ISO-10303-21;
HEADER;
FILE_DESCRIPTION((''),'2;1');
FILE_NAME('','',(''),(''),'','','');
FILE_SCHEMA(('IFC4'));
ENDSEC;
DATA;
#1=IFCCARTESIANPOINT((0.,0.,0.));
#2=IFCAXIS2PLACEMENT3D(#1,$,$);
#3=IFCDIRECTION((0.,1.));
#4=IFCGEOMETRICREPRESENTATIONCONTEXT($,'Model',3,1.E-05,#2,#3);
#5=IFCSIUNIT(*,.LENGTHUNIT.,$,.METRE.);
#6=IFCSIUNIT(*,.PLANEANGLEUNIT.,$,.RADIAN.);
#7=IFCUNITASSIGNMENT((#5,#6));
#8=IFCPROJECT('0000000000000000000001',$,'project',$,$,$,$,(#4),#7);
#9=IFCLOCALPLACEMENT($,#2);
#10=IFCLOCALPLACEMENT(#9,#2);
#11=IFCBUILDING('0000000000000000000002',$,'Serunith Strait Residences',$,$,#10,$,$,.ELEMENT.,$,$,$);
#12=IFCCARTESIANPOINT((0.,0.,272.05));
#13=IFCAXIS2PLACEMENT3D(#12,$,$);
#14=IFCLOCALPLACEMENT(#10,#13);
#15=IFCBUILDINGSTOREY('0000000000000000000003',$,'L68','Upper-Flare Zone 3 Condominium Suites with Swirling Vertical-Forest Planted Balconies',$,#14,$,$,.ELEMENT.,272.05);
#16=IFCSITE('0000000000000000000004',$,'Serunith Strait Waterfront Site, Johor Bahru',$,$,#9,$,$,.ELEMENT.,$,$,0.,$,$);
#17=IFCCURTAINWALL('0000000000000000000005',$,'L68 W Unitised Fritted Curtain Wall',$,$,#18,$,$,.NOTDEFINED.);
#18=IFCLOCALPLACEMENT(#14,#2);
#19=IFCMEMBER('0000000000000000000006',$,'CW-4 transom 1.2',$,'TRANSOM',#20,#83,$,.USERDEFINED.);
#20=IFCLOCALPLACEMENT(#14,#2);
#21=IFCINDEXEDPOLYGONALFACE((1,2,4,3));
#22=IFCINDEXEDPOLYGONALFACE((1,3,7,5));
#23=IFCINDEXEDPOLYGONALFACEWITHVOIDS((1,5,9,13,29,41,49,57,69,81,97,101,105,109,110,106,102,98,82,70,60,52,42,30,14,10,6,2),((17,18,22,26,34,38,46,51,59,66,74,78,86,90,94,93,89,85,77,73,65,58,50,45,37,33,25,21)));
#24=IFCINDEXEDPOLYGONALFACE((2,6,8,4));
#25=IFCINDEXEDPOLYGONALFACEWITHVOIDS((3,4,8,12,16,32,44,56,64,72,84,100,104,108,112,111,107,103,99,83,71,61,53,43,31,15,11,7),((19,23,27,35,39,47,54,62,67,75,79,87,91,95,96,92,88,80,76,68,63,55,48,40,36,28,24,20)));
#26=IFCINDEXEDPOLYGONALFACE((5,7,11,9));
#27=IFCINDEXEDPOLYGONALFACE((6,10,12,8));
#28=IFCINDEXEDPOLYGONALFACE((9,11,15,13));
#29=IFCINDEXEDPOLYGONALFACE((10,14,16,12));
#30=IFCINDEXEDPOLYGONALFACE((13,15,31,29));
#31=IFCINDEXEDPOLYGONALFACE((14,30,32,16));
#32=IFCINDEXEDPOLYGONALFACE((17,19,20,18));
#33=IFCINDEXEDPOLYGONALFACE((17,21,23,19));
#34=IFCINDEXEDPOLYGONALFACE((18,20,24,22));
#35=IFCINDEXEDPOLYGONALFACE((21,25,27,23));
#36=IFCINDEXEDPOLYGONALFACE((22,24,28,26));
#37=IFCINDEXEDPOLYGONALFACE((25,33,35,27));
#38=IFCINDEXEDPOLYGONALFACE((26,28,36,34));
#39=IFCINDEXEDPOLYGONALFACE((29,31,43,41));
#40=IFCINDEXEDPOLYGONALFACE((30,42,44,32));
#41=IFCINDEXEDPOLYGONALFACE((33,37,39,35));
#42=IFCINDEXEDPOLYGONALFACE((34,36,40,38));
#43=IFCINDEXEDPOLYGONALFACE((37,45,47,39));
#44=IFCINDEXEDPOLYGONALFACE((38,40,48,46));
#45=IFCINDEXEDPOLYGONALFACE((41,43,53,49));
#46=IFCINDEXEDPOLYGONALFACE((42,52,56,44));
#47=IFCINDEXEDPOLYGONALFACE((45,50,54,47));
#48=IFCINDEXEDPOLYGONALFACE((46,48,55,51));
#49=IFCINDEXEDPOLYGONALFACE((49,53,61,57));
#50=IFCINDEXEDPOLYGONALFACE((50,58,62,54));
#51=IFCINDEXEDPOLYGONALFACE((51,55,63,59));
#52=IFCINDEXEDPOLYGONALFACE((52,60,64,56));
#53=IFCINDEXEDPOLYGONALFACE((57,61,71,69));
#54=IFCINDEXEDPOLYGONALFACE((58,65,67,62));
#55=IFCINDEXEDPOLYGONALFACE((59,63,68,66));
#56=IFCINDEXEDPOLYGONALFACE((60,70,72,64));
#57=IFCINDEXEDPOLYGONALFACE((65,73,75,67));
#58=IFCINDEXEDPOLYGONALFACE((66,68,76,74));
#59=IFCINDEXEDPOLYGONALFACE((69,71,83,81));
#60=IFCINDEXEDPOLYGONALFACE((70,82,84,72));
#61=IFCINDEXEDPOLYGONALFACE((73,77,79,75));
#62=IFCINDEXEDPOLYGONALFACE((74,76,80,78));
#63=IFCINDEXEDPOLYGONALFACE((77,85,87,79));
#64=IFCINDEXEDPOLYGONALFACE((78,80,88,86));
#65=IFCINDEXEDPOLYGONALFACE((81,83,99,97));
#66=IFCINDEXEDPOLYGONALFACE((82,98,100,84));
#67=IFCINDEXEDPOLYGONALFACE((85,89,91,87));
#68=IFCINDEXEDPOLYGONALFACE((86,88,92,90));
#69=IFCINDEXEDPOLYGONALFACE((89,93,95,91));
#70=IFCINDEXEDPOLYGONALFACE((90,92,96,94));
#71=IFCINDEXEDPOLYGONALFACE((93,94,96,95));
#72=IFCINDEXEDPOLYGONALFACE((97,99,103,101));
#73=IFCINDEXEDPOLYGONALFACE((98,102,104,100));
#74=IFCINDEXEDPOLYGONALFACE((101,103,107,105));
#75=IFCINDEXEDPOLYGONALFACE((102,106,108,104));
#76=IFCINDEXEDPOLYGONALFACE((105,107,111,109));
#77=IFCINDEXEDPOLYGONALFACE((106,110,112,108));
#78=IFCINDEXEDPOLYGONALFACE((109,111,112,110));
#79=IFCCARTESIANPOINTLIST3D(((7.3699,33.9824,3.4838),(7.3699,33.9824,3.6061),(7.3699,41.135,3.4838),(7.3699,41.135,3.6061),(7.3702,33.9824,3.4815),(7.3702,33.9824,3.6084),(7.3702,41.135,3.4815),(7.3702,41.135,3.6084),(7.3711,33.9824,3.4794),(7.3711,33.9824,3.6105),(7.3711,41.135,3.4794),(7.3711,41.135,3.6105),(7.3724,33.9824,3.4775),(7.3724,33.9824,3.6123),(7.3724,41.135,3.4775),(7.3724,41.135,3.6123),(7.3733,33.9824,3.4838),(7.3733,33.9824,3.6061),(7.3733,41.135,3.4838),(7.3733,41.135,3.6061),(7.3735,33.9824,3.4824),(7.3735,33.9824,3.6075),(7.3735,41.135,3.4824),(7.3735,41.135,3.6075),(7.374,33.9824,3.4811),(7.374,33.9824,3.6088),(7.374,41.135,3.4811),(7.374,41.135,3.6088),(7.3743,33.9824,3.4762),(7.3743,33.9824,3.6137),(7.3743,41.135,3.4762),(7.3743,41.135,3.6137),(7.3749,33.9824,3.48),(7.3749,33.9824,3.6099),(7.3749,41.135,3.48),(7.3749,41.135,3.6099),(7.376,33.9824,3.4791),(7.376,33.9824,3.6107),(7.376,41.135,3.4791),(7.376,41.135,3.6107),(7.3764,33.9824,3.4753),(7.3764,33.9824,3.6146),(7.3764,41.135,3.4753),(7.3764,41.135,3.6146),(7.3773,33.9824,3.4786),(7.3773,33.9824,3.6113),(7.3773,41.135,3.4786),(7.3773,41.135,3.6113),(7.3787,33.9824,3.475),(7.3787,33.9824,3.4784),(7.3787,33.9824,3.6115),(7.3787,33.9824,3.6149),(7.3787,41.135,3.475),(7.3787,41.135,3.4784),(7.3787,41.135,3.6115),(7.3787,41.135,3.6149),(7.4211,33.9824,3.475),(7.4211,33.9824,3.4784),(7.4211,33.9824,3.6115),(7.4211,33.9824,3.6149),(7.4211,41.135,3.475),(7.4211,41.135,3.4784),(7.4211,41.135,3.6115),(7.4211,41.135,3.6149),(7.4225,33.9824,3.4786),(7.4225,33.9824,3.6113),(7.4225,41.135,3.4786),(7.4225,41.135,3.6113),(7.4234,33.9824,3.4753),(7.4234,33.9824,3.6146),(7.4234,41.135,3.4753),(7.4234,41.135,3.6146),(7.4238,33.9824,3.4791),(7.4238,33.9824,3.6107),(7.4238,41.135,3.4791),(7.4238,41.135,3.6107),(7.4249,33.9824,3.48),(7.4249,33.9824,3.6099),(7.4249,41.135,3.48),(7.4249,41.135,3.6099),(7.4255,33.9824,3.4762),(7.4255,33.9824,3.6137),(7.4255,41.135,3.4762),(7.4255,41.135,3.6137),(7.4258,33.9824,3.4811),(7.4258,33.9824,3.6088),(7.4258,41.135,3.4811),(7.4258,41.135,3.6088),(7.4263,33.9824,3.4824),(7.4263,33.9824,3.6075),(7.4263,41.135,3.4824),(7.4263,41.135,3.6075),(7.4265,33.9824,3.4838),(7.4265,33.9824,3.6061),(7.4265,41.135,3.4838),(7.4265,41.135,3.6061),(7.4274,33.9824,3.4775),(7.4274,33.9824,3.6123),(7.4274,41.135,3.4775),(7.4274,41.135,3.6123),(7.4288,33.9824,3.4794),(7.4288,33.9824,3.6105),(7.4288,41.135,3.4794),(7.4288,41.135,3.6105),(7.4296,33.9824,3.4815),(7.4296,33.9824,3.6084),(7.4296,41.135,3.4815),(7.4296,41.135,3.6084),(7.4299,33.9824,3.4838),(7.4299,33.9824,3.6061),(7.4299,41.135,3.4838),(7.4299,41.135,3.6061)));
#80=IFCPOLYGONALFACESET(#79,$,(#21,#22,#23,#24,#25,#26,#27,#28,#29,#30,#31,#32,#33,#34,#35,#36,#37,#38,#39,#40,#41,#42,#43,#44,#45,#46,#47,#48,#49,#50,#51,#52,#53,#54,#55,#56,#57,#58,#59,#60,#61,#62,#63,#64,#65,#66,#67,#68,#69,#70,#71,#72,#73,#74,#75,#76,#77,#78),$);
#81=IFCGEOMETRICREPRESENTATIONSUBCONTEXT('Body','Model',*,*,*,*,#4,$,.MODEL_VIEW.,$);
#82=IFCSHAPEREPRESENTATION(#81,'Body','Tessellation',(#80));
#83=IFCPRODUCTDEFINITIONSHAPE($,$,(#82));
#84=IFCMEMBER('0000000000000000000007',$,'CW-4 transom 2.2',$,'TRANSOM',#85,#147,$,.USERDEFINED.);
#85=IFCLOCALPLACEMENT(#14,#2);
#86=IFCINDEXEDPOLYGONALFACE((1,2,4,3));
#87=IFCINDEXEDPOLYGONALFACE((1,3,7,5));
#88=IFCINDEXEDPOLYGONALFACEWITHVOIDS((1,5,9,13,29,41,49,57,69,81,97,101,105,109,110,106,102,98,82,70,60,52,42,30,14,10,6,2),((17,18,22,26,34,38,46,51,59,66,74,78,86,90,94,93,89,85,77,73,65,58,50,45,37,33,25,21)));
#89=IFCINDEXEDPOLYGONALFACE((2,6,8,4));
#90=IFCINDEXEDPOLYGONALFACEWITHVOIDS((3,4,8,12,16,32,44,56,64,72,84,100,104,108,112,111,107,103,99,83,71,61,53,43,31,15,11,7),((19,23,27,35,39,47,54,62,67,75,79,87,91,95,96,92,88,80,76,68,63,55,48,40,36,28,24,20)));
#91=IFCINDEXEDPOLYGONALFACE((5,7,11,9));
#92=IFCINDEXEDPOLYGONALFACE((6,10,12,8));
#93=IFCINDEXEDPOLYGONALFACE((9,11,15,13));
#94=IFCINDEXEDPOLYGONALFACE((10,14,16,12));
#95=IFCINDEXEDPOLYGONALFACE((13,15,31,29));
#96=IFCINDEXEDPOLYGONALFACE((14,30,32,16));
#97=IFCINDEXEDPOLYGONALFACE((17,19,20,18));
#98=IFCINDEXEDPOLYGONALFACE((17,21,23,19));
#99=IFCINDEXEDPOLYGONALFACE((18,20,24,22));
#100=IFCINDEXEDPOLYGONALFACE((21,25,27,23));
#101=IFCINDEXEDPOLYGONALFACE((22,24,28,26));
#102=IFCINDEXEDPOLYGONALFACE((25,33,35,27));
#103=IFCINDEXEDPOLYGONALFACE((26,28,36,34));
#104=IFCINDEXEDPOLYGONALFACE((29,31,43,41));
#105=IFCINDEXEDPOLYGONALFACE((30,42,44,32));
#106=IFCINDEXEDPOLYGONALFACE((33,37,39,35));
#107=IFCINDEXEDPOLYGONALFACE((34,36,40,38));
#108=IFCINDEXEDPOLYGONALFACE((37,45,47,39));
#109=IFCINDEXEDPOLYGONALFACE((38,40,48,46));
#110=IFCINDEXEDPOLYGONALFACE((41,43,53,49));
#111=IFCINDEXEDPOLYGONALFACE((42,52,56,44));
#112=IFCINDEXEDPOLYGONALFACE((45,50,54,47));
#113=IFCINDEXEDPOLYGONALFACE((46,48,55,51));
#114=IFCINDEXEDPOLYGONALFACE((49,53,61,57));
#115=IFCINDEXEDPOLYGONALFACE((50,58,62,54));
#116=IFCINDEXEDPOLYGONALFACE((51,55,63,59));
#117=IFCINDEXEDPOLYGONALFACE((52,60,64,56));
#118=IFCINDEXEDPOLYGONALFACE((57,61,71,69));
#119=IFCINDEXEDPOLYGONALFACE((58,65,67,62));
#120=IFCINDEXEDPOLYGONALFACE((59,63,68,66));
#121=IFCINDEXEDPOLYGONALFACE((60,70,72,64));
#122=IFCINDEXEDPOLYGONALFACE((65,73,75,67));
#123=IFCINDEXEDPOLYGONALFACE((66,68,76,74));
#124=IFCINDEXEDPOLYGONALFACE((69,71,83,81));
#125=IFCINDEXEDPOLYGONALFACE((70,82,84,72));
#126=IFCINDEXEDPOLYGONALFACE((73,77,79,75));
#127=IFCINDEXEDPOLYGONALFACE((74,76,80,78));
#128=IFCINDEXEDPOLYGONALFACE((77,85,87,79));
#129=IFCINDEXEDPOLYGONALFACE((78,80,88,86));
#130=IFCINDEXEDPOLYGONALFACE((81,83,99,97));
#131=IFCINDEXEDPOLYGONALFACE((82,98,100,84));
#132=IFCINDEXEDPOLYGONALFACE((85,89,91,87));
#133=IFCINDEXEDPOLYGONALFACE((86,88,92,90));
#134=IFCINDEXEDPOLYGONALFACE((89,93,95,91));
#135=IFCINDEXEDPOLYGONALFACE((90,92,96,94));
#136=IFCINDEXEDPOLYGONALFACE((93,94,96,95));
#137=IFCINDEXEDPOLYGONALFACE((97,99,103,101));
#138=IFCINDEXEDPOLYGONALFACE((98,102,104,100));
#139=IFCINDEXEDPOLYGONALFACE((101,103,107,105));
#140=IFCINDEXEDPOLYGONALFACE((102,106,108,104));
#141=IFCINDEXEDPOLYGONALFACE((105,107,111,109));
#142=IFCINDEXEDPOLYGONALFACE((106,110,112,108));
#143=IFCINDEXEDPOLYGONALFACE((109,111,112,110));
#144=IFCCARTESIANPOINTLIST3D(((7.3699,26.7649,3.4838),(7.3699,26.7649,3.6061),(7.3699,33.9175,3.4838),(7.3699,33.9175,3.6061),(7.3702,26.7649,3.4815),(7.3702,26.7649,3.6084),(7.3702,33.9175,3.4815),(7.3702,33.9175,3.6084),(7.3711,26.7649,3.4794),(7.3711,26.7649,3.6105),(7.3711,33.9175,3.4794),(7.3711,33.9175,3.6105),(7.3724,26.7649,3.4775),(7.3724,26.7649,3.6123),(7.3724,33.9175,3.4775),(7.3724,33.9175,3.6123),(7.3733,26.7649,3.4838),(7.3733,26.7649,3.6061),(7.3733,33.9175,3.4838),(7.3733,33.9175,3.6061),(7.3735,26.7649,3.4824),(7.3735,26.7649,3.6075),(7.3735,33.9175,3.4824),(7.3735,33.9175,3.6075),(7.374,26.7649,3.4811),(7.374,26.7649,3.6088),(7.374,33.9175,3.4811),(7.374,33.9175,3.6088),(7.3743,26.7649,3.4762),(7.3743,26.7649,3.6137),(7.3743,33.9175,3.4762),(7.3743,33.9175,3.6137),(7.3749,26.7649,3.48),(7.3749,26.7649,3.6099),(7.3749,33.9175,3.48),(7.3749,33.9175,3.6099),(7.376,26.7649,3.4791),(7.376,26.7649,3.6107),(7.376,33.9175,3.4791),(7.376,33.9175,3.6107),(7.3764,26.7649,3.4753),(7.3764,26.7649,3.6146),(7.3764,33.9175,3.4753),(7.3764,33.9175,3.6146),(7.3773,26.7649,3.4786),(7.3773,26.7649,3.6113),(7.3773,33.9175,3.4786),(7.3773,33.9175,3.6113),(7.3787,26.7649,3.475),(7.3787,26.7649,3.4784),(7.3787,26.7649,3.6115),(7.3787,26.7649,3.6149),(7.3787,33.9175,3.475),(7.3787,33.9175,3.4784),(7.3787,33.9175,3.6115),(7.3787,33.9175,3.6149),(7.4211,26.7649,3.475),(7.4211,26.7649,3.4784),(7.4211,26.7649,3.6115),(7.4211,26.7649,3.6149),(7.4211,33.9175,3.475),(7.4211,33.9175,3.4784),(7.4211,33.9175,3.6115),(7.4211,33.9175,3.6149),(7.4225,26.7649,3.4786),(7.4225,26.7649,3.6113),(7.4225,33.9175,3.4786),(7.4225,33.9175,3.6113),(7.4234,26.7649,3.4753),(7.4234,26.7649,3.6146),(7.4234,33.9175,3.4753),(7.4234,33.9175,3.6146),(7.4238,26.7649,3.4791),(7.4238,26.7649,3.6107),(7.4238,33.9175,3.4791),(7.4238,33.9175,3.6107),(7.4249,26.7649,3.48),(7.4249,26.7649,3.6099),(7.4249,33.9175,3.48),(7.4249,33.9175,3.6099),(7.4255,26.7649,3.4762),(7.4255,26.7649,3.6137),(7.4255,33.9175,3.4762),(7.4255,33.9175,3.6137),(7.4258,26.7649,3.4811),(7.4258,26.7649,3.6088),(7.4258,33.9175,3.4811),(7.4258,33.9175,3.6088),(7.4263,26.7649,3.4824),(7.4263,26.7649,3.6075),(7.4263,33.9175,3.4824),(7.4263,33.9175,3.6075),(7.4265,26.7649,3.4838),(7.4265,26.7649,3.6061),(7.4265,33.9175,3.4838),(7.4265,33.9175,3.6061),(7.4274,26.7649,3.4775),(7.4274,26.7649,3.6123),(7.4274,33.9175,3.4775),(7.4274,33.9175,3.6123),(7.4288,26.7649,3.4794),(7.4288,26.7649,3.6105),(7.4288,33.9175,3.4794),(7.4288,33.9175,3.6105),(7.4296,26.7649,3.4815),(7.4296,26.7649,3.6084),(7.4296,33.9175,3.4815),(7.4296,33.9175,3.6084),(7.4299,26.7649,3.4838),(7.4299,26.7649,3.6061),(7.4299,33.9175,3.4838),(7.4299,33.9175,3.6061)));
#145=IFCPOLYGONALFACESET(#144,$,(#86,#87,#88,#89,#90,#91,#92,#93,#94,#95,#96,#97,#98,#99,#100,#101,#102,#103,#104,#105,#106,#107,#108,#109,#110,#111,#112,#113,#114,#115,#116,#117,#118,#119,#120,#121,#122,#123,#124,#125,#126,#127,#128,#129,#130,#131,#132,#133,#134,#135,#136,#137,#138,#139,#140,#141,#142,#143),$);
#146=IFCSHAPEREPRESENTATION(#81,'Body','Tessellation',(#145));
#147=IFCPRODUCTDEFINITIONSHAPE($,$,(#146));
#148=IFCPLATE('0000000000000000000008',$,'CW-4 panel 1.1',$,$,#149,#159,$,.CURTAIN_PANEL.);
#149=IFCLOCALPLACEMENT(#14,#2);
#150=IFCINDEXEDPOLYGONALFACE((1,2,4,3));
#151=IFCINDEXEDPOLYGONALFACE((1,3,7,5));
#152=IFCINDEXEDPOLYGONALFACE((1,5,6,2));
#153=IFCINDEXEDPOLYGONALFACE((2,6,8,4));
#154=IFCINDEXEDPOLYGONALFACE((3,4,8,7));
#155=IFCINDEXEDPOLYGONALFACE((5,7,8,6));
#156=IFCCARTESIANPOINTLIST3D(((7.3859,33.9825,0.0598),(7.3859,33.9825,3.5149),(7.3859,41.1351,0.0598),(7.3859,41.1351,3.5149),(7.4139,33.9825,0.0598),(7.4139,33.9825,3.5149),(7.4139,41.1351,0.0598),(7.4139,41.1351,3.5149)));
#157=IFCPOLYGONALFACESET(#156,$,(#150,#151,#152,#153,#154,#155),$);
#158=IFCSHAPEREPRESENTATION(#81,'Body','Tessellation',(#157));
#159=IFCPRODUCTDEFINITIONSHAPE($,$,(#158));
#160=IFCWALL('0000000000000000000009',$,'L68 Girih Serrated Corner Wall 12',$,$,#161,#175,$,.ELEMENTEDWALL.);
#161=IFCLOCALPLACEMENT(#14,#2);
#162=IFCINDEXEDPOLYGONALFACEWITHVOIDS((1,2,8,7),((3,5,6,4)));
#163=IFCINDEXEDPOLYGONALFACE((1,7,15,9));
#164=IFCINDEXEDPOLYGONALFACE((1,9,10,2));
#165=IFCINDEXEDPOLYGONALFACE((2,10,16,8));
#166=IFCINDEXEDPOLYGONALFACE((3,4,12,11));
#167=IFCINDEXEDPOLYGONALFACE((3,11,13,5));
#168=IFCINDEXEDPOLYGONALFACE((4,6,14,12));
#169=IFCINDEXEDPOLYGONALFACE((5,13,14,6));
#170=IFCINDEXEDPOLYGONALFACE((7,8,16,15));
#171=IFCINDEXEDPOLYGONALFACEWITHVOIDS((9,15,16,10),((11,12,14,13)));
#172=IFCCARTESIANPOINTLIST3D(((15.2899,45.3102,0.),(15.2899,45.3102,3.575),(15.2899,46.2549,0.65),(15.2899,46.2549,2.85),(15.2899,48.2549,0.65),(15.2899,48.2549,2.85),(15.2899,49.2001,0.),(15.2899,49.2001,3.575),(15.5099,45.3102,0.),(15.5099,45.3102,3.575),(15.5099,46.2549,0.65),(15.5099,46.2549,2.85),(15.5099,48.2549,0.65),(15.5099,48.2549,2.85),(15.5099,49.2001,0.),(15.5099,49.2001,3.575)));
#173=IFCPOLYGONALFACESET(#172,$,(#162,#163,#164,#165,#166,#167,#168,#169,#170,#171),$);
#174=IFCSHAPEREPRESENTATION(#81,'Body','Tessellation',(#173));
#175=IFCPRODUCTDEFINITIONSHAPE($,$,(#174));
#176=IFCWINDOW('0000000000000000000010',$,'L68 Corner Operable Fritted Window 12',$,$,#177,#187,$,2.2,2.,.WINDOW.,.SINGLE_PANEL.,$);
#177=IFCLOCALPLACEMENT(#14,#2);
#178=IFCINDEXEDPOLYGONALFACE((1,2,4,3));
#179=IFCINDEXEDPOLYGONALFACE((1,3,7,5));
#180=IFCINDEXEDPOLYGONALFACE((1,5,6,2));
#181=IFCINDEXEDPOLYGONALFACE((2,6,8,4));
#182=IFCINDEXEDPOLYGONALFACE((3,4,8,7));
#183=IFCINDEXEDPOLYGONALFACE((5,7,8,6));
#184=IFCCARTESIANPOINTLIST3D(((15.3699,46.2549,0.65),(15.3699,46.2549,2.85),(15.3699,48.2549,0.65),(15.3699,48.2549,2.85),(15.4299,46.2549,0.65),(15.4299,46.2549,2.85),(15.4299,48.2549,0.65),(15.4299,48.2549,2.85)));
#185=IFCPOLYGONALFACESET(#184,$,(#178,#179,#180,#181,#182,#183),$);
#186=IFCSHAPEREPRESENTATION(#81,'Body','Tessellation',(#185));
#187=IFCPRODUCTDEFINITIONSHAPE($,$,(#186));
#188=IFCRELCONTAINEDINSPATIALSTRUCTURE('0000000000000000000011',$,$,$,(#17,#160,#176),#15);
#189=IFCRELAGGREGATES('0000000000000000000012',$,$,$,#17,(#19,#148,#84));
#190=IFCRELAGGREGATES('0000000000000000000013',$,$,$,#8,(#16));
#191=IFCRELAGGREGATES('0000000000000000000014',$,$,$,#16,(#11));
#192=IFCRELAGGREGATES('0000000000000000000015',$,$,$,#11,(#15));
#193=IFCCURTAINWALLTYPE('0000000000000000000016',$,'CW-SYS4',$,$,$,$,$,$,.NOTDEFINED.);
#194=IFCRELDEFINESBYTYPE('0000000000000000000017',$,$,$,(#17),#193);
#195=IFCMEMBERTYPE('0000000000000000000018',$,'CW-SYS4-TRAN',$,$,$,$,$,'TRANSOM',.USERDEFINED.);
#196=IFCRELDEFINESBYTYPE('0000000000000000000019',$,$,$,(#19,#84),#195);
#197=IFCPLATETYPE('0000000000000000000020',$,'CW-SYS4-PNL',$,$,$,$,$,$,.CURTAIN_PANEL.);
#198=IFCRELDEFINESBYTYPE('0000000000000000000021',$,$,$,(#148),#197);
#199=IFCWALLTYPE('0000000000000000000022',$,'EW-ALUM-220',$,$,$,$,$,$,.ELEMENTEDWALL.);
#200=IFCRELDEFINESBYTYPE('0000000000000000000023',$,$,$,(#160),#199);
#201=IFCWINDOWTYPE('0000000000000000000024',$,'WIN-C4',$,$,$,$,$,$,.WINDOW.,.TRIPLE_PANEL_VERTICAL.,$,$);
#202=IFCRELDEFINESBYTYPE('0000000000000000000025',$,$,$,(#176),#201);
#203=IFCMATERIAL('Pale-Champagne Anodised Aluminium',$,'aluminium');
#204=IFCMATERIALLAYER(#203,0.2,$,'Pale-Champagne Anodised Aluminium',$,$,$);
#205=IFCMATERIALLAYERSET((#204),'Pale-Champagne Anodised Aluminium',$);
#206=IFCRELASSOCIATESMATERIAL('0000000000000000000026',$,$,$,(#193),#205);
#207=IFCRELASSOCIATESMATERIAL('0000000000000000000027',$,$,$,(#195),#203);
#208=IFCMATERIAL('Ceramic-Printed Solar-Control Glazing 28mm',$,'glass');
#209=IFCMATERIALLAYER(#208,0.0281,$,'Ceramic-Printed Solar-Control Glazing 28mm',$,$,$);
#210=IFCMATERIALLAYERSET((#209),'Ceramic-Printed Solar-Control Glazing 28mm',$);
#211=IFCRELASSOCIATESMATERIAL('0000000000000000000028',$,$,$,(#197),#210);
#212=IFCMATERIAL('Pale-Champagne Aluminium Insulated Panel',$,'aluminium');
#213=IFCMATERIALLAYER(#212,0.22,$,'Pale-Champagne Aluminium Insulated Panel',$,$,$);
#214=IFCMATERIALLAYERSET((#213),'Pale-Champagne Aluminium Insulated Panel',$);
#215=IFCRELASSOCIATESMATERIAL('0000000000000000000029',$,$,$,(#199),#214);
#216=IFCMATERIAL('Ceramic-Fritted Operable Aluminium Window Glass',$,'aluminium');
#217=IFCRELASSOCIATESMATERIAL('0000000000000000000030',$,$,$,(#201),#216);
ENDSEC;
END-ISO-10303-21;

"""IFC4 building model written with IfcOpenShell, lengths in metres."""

from ifc_helpers import new_model, si_unit, direction, frame, frame_2d, origin, origin_2d, place, context, subcontext, project, spatial, rectangle, hollow_rectangle, extrude, source, transform, mapped, material, layer, layer_set, material_profile, profile_set, type_object, element, fill, aggregate, save


model = new_model("IFC4")

# Units and contexts
model_context = context("Model", 3, precision=1e-05, world=origin(), true_north=direction((0.0, 1.0)))
body_context = subcontext(model_context, "Body", "Model", "MODEL_VIEW")
ifc_project = project(units=[si_unit("LENGTHUNIT", "METRE"), si_unit("PLANEANGLEUNIT", "RADIAN")], contexts=[model_context])

# Site, building, storey
site_placement = place(None, origin())
site = spatial("IfcSite", under=ifc_project, at=site_placement, Name="Serunith Strait Waterfront Site, Johor Bahru", CompositionType="ELEMENT", RefElevation=0.0)
building_placement = place(site_placement, origin())
building = spatial("IfcBuilding", under=site, at=building_placement, Name="Serunith Strait Residences", CompositionType="ELEMENT")
storey_placement = place(building_placement, frame((0.0, 0.0, 272.05)))
storey = spatial("IfcBuildingStorey", under=building, at=storey_placement, Name="L68", Description="Upper-Flare Zone 3 Condominium Suites with Swirling Vertical-Forest Planted Balconies", CompositionType="ELEMENT", Elevation=272.05)

# Shared definitions
ifc_material_1 = material(Name="Pale-Champagne Anodised Aluminium", Category="aluminium")
ifc_layer_1 = layer(ifc_material_1, 0.2, Name="Pale-Champagne Anodised Aluminium")
ifc_layer_set_1 = layer_set([ifc_layer_1], Name="Pale-Champagne Anodised Aluminium")
curtain_wall_type = type_object("IfcCurtainWallType", Name="CW-SYS4", PredefinedType="NOTDEFINED", material=ifc_layer_set_1)

# Curtain wall, members, plate
curtain_wall_1_placement = place(storey_placement, origin())
curtain_wall_1 = element("IfcCurtainWall", 1, at=curtain_wall_1_placement, inside=storey, type_object=curtain_wall_type, Name="L68 W Unitised Fritted Curtain Wall", PredefinedType="NOTDEFINED")
ifc_material_profile_1 = material_profile(ifc_material_1, hollow_rectangle(XDim=0.0601, YDim=0.1399, WallThickness=0.0034, InnerFilletRadius=0.0054, OuterFilletRadius=0.0088, at=origin_2d()), Name="ALU 140x60x3.5")
ifc_profile_set_1 = profile_set([ifc_material_profile_1], Name="Pale-Champagne Anodised Aluminium")
member_type_1 = type_object("IfcMemberType", Name="CW-SYS4-TRAN", ElementType="TRANSOM", PredefinedType="USERDEFINED", material=ifc_profile_set_1)
shared_shape_1 = source(origin(), body_context, "Body", "SweptSolid", [
    extrude(hollow_rectangle(XDim=0.0601, YDim=0.1399, WallThickness=0.0034, InnerFilletRadius=0.0054, OuterFilletRadius=0.0088, at=origin_2d()), origin(), (0.0, 0.0, 1.0), 7.1526),
])
member_1_placement = place(storey_placement, frame((7.3999, 41.135, 3.5449), z_axis=(0.0, -1.0, 0.0), x_axis=(1.0, 0.0, 0.0)))
member_1 = element("IfcMember", 2, at=member_1_placement, type_object=member_type_1, Name="CW-4 transom 1.2", ObjectType="TRANSOM", PredefinedType="USERDEFINED", context=body_context, shape_type="MappedRepresentation", body=[
    mapped(shared_shape_1, transform((0.0, 0.0, 0.0), scale=1.0)),
])
member_2_placement = place(storey_placement, frame((7.3999, 33.9175, 3.5449), z_axis=(0.0, -1.0, 0.0), x_axis=(1.0, 0.0, 0.0)))
member_2 = element("IfcMember", 3, at=member_2_placement, type_object=member_type_1, Name="CW-4 transom 2.2", ObjectType="TRANSOM", PredefinedType="USERDEFINED", context=body_context, shape_type="MappedRepresentation", body=[
    mapped(shared_shape_1, transform((0.0, 0.0, 0.0), scale=1.0)),
])
ifc_material_2 = material(Name="Ceramic-Printed Solar-Control Glazing 28mm", Category="glass")
ifc_layer_2 = layer(ifc_material_2, 0.0281, Name="Ceramic-Printed Solar-Control Glazing 28mm")
ifc_layer_set_2 = layer_set([ifc_layer_2], Name="Ceramic-Printed Solar-Control Glazing 28mm")
plate_type = type_object("IfcPlateType", Name="CW-SYS4-PNL", PredefinedType="CURTAIN_PANEL", material=ifc_layer_set_2)
shared_shape_2 = source(origin(), body_context, "Body", "SweptSolid", [
    extrude(rectangle(XDim=7.1526, YDim=0.0281, at=origin_2d()), origin(), (0.0, 0.0, 1.0), 3.4551),
])
plate_placement = place(storey_placement, frame((7.3999, 37.5588, 0.0598), z_axis=(0.0, 0.0, 1.0), x_axis=(0.0, -1.0, 0.0)))
plate = element("IfcPlate", 4, at=plate_placement, type_object=plate_type, Name="CW-4 panel 1.1", PredefinedType="CURTAIN_PANEL", context=body_context, shape_type="MappedRepresentation", body=[
    mapped(shared_shape_2, transform((0.0, 0.0, 0.0), scale=1.0)),
])
aggregate(curtain_wall_1, [member_1, plate, member_2])

# Wall, opening, window
ifc_material_3 = material(Name="Pale-Champagne Aluminium Insulated Panel", Category="aluminium")
ifc_layer_3 = layer(ifc_material_3, 0.22, Name="Pale-Champagne Aluminium Insulated Panel")
ifc_layer_set_3 = layer_set([ifc_layer_3], Name="Pale-Champagne Aluminium Insulated Panel")
wall_type_1 = type_object("IfcWallType", Name="EW-ALUM-220", PredefinedType="ELEMENTEDWALL", material=ifc_layer_set_3)
wall_1_placement = place(storey_placement, frame((15.3999, 49.2, 0.0), z_axis=(0.0, 0.0, 1.0), x_axis=(0.0, -1.0, 0.0)))
wall_1 = element("IfcWall", 5, at=wall_1_placement, inside=storey, type_object=wall_type_1, Name="L68 Girih Serrated Corner Wall 12", PredefinedType="ELEMENTEDWALL", context=body_context, shape_type="SweptSolid", body=[
    extrude(rectangle(XDim=3.8899, YDim=0.22, at=frame_2d((1.9448, 0.0))), origin(), (0.0, 0.0, 1.0), 3.575),
])
opening_1_placement = place(wall_1_placement, frame((0.9451, 0.0, 0.6499)))
opening_1 = element("IfcOpeningElement", 6, at=opening_1_placement, cuts=wall_1, PredefinedType="OPENING", context=body_context, shape_type="SweptSolid", body=[
    extrude(rectangle(XDim=2.0, YDim=2.2, at=frame_2d((1.0, 1.1001))), frame((0.0, 0.1201, 0.0), z_axis=(0.0, -1.0, 0.0), x_axis=(1.0, 0.0, 0.0)), (0.0, 0.0, 1.0), 0.24),
])
ifc_material_4 = material(Name="Ceramic-Fritted Operable Aluminium Window Glass", Category="aluminium")
window_type = type_object("IfcWindowType", Name="WIN-C4", PartitioningType="TRIPLE_PANEL_VERTICAL", PredefinedType="WINDOW", material=ifc_material_4)
shared_shape_3 = source(origin(), body_context, "Body", "SweptSolid", [
    extrude(rectangle(XDim=2.0, YDim=2.2, at=frame_2d((1.0, 1.1001))), frame((0.0, 0.03, 0.0), z_axis=(0.0, -1.0, 0.0), x_axis=(1.0, 0.0, 0.0)), (0.0, 0.0, 1.0), 0.0601),
])
window_1_placement = place(opening_1_placement, origin())
window_1 = element("IfcWindow", 7, at=window_1_placement, inside=storey, type_object=window_type, Name="L68 Corner Operable Fritted Window 12", OverallHeight=2.2, OverallWidth=2.0, PartitioningType="SINGLE_PANEL", PredefinedType="WINDOW", context=body_context, shape_type="MappedRepresentation", body=[
    mapped(shared_shape_3, transform((0.0, 0.0, 0.0), scale=1.0)),
])
fill(opening_1, window_1)

save(model, "model.ifc")
